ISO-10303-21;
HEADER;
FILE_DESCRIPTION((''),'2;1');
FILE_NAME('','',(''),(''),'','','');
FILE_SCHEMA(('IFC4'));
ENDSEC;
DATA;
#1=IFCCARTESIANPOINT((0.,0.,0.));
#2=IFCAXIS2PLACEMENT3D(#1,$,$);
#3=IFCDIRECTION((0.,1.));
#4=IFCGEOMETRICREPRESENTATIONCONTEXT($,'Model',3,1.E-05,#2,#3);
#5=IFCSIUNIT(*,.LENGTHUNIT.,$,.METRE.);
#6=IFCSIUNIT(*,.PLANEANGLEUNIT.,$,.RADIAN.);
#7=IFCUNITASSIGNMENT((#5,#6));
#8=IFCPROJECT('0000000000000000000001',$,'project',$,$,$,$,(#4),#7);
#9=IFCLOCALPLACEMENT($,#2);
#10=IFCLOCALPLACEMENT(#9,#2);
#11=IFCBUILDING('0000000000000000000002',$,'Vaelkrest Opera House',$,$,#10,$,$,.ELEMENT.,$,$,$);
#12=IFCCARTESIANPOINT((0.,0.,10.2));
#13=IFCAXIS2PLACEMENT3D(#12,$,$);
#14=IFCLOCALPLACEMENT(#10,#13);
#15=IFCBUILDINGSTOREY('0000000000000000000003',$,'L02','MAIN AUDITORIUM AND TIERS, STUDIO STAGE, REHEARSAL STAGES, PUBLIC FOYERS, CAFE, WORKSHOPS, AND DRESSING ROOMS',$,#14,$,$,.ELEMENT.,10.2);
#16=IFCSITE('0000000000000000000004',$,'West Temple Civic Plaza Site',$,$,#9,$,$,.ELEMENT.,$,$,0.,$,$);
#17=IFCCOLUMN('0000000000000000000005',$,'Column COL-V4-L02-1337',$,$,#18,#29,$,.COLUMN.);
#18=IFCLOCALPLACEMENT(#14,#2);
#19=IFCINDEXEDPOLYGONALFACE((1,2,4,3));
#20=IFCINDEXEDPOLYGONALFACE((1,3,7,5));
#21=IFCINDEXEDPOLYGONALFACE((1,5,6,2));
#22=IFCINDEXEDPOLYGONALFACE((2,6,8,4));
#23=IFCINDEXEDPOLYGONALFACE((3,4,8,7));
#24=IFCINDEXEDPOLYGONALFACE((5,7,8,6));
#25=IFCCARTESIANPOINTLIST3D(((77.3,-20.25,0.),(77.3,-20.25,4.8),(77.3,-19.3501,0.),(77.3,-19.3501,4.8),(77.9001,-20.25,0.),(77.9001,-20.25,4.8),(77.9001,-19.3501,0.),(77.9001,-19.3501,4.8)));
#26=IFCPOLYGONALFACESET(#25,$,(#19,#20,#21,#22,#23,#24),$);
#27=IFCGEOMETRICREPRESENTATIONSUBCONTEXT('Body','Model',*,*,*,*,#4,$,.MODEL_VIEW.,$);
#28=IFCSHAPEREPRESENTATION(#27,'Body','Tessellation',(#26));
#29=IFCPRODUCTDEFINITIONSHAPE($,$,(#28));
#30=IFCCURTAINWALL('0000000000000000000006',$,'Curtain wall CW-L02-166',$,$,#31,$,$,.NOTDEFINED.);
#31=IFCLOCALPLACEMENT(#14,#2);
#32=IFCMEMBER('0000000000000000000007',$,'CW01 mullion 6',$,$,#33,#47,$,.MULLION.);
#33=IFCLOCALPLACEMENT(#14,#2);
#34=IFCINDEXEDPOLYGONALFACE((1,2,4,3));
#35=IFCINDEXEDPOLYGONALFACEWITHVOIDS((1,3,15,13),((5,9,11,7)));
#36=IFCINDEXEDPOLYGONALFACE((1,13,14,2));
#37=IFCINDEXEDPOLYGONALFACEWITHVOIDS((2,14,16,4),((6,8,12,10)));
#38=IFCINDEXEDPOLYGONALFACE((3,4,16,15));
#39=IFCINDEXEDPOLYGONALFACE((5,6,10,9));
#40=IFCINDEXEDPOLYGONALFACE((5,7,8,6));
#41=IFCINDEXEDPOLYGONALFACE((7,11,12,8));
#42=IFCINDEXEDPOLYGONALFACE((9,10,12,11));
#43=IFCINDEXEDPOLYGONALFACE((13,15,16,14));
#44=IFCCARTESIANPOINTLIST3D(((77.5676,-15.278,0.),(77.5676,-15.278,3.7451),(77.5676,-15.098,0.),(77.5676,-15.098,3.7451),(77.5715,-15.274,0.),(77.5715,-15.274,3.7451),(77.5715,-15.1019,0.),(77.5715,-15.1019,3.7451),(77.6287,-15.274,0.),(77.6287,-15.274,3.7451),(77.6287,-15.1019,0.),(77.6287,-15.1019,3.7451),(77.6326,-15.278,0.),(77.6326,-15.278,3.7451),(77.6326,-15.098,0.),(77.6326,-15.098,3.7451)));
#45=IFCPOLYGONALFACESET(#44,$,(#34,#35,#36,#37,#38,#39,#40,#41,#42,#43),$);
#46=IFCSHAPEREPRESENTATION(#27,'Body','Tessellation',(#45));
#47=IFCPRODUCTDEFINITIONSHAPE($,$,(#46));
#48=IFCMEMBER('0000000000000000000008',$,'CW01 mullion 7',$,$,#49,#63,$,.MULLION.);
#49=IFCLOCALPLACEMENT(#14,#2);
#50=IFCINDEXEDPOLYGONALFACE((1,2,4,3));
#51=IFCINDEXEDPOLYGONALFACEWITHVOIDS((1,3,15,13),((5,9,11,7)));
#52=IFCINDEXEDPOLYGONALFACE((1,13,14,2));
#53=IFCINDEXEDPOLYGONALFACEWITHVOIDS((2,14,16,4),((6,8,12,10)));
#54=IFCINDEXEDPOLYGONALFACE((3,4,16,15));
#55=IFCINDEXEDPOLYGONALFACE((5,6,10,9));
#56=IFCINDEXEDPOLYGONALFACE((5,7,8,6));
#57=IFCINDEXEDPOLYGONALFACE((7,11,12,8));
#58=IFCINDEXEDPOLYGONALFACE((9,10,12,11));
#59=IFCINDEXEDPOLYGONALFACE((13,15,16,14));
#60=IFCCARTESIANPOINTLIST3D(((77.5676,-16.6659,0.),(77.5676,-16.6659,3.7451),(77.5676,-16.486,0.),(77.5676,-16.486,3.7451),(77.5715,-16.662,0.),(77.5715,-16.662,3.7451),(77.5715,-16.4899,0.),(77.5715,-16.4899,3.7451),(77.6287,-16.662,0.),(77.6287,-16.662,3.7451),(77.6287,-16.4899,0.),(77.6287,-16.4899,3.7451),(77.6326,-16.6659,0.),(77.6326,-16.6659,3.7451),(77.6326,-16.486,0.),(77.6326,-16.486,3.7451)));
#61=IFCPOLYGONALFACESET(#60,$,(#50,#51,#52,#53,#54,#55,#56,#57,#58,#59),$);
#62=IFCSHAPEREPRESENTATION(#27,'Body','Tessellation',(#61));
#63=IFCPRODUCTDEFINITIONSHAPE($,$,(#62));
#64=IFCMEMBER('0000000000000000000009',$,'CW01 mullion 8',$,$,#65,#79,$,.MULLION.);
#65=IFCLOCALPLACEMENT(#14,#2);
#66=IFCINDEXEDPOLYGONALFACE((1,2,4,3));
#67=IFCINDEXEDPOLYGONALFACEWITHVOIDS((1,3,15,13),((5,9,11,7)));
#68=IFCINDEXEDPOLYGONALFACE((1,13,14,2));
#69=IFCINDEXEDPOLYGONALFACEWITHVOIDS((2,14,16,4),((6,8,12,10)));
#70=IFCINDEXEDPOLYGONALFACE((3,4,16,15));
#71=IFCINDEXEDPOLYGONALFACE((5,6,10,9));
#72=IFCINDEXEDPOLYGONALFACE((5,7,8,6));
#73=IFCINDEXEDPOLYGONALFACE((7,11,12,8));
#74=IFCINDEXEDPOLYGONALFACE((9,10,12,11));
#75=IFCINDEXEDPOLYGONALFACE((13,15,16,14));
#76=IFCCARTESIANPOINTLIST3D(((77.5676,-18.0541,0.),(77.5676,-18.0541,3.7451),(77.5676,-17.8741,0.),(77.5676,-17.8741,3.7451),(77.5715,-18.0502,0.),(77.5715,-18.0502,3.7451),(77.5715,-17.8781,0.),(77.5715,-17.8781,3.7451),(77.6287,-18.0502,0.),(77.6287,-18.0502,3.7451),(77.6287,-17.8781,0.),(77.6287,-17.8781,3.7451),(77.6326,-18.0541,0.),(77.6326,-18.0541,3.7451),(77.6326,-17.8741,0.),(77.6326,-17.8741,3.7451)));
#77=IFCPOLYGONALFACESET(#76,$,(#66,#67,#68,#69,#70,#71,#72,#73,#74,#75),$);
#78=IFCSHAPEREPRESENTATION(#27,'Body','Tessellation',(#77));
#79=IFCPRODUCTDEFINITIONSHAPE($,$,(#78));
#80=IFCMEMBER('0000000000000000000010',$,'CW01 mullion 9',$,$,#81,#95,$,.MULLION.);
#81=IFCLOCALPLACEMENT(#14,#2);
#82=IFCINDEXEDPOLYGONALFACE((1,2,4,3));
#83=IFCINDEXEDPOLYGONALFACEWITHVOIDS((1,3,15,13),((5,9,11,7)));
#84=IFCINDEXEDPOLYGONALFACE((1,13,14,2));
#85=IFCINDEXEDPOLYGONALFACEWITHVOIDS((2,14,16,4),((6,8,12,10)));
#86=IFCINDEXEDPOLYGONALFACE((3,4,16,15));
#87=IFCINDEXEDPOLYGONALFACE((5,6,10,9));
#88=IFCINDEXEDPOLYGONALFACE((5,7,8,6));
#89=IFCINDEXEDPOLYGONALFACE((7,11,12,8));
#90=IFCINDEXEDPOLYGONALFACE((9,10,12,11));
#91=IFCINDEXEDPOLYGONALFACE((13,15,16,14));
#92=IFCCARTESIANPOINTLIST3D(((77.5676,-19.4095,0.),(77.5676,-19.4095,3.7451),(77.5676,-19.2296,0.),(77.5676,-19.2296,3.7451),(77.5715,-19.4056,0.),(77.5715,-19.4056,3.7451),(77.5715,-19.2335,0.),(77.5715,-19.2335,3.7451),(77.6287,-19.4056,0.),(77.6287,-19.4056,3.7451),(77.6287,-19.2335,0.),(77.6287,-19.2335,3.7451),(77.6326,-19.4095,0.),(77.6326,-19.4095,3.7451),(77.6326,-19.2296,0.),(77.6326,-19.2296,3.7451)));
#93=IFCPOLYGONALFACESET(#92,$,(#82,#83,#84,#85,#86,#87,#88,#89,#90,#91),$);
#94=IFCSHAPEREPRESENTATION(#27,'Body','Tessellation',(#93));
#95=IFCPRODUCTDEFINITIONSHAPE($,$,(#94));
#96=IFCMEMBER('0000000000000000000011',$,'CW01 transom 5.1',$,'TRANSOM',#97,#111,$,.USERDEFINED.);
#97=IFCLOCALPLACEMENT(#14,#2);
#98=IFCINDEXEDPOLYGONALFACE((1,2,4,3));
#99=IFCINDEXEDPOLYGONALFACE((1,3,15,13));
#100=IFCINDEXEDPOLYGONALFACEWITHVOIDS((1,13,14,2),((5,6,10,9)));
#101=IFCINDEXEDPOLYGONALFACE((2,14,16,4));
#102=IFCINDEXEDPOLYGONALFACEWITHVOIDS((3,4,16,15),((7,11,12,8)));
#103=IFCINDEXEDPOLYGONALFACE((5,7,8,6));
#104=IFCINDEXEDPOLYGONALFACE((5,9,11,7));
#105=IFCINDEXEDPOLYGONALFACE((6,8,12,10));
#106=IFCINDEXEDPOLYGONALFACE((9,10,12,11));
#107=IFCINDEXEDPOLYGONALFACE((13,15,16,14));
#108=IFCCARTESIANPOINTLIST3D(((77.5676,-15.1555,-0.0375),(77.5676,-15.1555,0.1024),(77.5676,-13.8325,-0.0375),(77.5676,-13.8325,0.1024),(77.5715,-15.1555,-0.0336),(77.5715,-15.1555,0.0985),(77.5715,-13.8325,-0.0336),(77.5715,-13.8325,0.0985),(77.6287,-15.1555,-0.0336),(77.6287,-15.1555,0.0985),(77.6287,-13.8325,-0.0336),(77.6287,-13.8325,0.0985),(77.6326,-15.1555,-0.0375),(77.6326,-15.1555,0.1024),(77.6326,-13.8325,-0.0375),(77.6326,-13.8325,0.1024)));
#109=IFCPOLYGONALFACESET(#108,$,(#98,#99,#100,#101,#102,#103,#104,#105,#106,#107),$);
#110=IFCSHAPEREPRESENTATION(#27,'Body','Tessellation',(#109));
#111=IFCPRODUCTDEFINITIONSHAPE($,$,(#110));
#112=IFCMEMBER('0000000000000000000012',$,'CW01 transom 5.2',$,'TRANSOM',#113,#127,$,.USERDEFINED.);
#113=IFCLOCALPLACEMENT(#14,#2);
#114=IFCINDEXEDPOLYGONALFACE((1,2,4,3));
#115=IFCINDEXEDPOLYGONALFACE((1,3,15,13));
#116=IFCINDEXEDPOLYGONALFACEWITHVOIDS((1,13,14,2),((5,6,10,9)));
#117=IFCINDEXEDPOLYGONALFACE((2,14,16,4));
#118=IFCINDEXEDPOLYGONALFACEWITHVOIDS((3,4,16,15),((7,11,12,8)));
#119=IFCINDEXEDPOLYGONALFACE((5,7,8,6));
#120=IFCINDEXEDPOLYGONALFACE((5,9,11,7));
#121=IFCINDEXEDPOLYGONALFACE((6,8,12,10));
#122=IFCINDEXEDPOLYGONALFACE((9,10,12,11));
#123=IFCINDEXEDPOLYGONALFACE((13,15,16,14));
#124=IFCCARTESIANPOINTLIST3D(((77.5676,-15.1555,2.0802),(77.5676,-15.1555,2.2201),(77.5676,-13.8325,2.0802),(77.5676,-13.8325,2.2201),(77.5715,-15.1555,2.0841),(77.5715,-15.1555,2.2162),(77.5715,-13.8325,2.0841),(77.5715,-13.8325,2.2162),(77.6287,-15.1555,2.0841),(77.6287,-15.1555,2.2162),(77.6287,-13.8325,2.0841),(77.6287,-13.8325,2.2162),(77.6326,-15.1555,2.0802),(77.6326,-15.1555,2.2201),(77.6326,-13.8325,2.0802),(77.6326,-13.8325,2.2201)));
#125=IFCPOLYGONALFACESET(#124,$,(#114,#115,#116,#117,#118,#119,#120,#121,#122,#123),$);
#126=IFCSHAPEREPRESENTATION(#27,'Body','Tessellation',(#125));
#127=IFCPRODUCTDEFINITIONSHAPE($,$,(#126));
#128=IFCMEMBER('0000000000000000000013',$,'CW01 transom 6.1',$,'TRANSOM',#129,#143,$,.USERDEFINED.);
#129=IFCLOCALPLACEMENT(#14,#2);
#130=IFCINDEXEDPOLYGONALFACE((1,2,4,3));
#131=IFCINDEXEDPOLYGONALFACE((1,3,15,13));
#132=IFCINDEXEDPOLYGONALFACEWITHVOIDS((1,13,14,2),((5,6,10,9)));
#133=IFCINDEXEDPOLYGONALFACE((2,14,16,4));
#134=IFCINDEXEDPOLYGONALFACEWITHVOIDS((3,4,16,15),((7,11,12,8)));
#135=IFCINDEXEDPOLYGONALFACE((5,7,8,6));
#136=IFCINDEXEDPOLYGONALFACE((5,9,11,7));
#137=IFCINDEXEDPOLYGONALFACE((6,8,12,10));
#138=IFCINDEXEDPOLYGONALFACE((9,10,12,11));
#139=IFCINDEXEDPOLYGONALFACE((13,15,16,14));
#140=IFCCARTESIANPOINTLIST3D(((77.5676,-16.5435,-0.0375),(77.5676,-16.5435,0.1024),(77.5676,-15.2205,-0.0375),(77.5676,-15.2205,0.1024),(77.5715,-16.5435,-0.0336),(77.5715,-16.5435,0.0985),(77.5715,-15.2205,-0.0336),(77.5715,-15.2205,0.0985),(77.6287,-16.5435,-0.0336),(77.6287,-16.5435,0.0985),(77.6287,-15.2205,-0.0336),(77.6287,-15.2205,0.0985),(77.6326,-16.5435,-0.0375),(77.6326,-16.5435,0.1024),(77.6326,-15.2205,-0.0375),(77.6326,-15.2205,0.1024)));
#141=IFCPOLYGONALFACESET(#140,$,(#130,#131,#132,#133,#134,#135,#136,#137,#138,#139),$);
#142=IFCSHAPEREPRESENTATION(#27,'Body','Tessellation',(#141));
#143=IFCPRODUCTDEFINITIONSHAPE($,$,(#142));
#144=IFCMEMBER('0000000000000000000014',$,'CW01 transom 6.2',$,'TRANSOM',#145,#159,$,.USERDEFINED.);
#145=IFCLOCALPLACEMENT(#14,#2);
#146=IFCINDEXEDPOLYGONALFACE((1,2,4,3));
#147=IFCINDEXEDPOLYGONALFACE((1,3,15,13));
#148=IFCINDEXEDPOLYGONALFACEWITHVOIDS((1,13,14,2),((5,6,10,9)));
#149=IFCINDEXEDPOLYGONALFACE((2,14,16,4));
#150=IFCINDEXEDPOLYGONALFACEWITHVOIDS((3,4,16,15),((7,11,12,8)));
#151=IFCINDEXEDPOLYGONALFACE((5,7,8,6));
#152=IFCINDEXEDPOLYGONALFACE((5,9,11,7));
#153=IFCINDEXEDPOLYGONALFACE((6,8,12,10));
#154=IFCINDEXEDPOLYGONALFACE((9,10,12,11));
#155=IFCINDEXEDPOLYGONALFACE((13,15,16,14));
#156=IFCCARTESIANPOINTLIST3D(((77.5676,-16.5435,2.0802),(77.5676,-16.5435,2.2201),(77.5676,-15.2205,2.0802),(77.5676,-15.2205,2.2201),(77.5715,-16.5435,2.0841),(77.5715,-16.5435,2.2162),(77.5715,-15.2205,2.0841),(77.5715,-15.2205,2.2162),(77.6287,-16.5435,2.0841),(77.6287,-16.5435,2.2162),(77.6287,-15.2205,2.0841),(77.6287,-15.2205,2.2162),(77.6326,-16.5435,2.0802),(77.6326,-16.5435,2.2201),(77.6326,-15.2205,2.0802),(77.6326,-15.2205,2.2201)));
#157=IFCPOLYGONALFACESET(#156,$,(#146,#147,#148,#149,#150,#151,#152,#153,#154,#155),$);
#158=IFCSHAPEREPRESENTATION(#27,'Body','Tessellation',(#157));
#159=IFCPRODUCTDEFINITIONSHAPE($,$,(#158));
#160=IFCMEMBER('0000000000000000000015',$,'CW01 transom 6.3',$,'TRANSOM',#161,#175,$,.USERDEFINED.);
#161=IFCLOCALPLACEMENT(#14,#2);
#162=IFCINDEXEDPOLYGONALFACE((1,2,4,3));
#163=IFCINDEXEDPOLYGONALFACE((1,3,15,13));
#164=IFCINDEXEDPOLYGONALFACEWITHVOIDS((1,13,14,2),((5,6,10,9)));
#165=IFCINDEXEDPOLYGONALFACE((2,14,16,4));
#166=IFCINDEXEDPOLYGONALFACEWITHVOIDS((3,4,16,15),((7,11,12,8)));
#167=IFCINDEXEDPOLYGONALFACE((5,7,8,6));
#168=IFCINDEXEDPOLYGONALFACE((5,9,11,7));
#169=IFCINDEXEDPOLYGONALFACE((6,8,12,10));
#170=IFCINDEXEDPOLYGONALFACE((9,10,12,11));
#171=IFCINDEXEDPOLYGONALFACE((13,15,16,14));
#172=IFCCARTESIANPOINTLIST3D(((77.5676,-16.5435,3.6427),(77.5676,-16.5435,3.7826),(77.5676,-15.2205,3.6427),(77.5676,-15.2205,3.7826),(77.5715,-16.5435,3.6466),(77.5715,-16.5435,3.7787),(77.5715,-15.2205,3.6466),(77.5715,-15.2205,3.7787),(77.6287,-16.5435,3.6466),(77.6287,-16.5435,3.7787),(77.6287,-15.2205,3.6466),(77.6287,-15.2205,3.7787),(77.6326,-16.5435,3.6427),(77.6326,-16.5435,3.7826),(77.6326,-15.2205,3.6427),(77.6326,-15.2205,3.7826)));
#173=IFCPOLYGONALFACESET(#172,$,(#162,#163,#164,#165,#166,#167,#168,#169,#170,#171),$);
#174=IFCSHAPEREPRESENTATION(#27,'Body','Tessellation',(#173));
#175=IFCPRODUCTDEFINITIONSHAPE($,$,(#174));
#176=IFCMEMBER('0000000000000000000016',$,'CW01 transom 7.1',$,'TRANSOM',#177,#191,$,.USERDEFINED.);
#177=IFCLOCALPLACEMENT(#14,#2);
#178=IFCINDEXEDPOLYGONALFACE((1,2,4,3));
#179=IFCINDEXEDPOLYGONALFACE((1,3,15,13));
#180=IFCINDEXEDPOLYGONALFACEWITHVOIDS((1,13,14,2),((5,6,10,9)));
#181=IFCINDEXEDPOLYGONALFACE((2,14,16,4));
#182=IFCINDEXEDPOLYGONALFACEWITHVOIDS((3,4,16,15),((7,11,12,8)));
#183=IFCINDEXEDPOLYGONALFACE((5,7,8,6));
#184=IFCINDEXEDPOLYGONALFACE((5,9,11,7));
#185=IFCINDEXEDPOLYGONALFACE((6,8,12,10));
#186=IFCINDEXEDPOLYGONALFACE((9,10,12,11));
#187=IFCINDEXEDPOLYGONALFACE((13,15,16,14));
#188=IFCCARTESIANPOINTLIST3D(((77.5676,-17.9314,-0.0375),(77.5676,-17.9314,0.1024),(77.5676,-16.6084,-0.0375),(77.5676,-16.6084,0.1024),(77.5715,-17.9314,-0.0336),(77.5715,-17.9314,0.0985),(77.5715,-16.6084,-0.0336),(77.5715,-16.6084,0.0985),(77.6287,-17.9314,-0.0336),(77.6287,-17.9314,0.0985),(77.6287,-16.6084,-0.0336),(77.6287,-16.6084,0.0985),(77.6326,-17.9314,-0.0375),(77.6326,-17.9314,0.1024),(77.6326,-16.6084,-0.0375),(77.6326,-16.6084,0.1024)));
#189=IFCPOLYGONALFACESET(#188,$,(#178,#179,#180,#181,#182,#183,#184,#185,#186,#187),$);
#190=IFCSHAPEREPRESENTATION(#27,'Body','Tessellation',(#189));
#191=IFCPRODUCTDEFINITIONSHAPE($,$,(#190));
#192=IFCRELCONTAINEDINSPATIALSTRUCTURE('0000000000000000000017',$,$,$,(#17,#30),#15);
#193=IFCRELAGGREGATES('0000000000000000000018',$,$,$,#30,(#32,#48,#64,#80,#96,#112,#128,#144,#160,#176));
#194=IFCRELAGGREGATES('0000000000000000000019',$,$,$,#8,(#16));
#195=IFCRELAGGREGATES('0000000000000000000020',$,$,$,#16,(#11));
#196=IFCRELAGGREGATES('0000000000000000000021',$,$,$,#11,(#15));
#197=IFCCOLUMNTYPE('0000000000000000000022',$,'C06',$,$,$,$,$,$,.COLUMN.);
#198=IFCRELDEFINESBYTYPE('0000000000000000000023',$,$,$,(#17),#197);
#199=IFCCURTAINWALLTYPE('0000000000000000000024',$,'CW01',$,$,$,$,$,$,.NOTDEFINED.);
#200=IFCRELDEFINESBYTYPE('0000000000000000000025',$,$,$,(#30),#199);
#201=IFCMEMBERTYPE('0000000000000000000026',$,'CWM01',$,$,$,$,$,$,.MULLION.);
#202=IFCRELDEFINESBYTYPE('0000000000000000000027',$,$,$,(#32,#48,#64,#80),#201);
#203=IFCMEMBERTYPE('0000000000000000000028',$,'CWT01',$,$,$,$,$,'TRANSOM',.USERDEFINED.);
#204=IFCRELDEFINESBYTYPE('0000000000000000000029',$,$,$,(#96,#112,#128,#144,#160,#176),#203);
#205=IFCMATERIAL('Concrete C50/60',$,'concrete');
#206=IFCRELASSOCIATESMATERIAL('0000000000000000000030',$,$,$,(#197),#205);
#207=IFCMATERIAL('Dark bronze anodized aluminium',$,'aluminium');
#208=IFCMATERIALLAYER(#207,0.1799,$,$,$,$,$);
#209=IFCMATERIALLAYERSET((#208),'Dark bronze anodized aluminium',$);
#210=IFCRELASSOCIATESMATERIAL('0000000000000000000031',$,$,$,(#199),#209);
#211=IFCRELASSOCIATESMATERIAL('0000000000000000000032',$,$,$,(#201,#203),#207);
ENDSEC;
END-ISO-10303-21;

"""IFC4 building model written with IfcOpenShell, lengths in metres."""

from ifc_helpers import new_model, si_unit, direction, frame, origin, origin_2d, place, context, subcontext, project, spatial, rectangle, hollow_rectangle, extrude, material, layer, layer_set, material_profile, profile_set, type_object, element, aggregate, save


model = new_model("IFC4")

# Units and contexts
model_context = context("Model", 3, precision=1e-05, world=origin(), true_north=direction((0.0, 1.0)))
body_context = subcontext(model_context, "Body", "Model", "MODEL_VIEW")
ifc_project = project(units=[si_unit("LENGTHUNIT", "METRE"), si_unit("PLANEANGLEUNIT", "RADIAN")], contexts=[model_context])

# Site, building, storey
site_placement = place(None, origin())
site = spatial("IfcSite", under=ifc_project, at=site_placement, Name="West Temple Civic Plaza Site", CompositionType="ELEMENT", RefElevation=0.0)
building_placement = place(site_placement, origin())
building = spatial("IfcBuilding", under=site, at=building_placement, Name="Vaelkrest Opera House", CompositionType="ELEMENT")
storey_placement = place(building_placement, frame((0.0, 0.0, 10.2)))
storey = spatial("IfcBuildingStorey", under=building, at=storey_placement, Name="L02", Description="MAIN AUDITORIUM AND TIERS, STUDIO STAGE, REHEARSAL STAGES, PUBLIC FOYERS, CAFE, WORKSHOPS, AND DRESSING ROOMS", CompositionType="ELEMENT", Elevation=10.2)

# Column
ifc_material_1 = material(Name="Concrete C50/60", Category="concrete")
ifc_material_profile_1 = material_profile(ifc_material_1, rectangle(XDim=0.6001, YDim=0.8999, at=origin_2d()), Name="RC600X900")
ifc_profile_set_1 = profile_set([ifc_material_profile_1], Name="Concrete C50/60")
column_type = type_object("IfcColumnType", Name="C06", PredefinedType="COLUMN", material=ifc_profile_set_1)
column_placement = place(storey_placement, frame((77.6001, -19.8, 0.0), z_axis=(0.0, 0.0, 1.0), x_axis=(1.0, 0.0, 0.0)))
element("IfcColumn", 1, at=column_placement, inside=storey, type_object=column_type, Name="Column COL-V4-L02-1337", PredefinedType="COLUMN", context=body_context, shape_type="SweptSolid", body=[
    extrude(rectangle(XDim=0.6001, YDim=0.8999, at=origin_2d()), origin(), (0.0, 0.0, 1.0), 4.8),
])

# Curtain wall, members
ifc_material_2 = material(Name="Dark bronze anodized aluminium", Category="aluminium")
ifc_layer_1 = layer(ifc_material_2, 0.1799)
ifc_layer_set_1 = layer_set([ifc_layer_1], Name="Dark bronze anodized aluminium")
curtain_wall_type = type_object("IfcCurtainWallType", Name="CW01", PredefinedType="NOTDEFINED", material=ifc_layer_set_1)
curtain_wall_placement = place(storey_placement, origin())
curtain_wall = element("IfcCurtainWall", 2, at=curtain_wall_placement, inside=storey, type_object=curtain_wall_type, Name="Curtain wall CW-L02-166", PredefinedType="NOTDEFINED")
ifc_material_profile_2 = material_profile(ifc_material_2, hollow_rectangle(XDim=0.0649, YDim=0.1799, WallThickness=0.0039, at=origin_2d()), Name="CWM65X180")
ifc_profile_set_2 = profile_set([ifc_material_profile_2], Name="Dark bronze anodized aluminium")
member_type_1 = type_object("IfcMemberType", Name="CWM01", PredefinedType="MULLION", material=ifc_profile_set_2)
member_1_placement = place(storey_placement, frame((77.6001, -15.188, 0.0), z_axis=(0.0, 0.0, 1.0), x_axis=(1.0, 0.0, 0.0)))
member_1 = element("IfcMember", 3, at=member_1_placement, type_object=member_type_1, Name="CW01 mullion 6", PredefinedType="MULLION", context=body_context, shape_type="SweptSolid", body=[
    extrude(hollow_rectangle(XDim=0.0649, YDim=0.1799, WallThickness=0.0039, at=origin_2d()), origin(), (0.0, 0.0, 1.0), 3.7451),
])
member_2_placement = place(storey_placement, frame((77.6001, -16.5759, 0.0), z_axis=(0.0, 0.0, 1.0), x_axis=(1.0, 0.0, 0.0)))
member_2 = element("IfcMember", 4, at=member_2_placement, type_object=member_type_1, Name="CW01 mullion 7", PredefinedType="MULLION", context=body_context, shape_type="SweptSolid", body=[
    extrude(hollow_rectangle(XDim=0.0649, YDim=0.1799, WallThickness=0.0039, at=origin_2d()), origin(), (0.0, 0.0, 1.0), 3.7451),
])
member_3_placement = place(storey_placement, frame((77.6001, -17.9641, 0.0), z_axis=(0.0, 0.0, 1.0), x_axis=(1.0, 0.0, 0.0)))
member_3 = element("IfcMember", 5, at=member_3_placement, type_object=member_type_1, Name="CW01 mullion 8", PredefinedType="MULLION", context=body_context, shape_type="SweptSolid", body=[
    extrude(hollow_rectangle(XDim=0.0649, YDim=0.1799, WallThickness=0.0039, at=origin_2d()), origin(), (0.0, 0.0, 1.0), 3.7451),
])
member_4_placement = place(storey_placement, frame((77.6001, -19.3196, 0.0), z_axis=(0.0, 0.0, 1.0), x_axis=(1.0, 0.0, 0.0)))
member_4 = element("IfcMember", 6, at=member_4_placement, type_object=member_type_1, Name="CW01 mullion 9", PredefinedType="MULLION", context=body_context, shape_type="SweptSolid", body=[
    extrude(hollow_rectangle(XDim=0.0649, YDim=0.1799, WallThickness=0.0039, at=origin_2d()), origin(), (0.0, 0.0, 1.0), 3.7451),
])
ifc_material_profile_3 = material_profile(ifc_material_2, hollow_rectangle(XDim=0.0649, YDim=0.1399, WallThickness=0.0039, at=origin_2d()), Name="CWT65X140")
ifc_profile_set_3 = profile_set([ifc_material_profile_3], Name="Dark bronze anodized aluminium")
member_type_2 = type_object("IfcMemberType", Name="CWT01", ElementType="TRANSOM", PredefinedType="USERDEFINED", material=ifc_profile_set_3)
member_5_placement = place(storey_placement, frame((77.6001, -13.8325, 0.0325), z_axis=(0.0, -1.0, 0.0), x_axis=(1.0, 0.0, 0.0)))
member_5 = element("IfcMember", 7, at=member_5_placement, type_object=member_type_2, Name="CW01 transom 5.1", ObjectType="TRANSOM", PredefinedType="USERDEFINED", context=body_context, shape_type="SweptSolid", body=[
    extrude(hollow_rectangle(XDim=0.0649, YDim=0.1399, WallThickness=0.0039, at=origin_2d()), origin(), (0.0, 0.0, 1.0), 1.323),
])
member_6_placement = place(storey_placement, frame((77.6001, -13.8325, 2.1501), z_axis=(0.0, -1.0, 0.0), x_axis=(1.0, 0.0, 0.0)))
member_6 = element("IfcMember", 8, at=member_6_placement, type_object=member_type_2, Name="CW01 transom 5.2", ObjectType="TRANSOM", PredefinedType="USERDEFINED", context=body_context, shape_type="SweptSolid", body=[
    extrude(hollow_rectangle(XDim=0.0649, YDim=0.1399, WallThickness=0.0039, at=origin_2d()), origin(), (0.0, 0.0, 1.0), 1.323),
])
member_7_placement = place(storey_placement, frame((77.6001, -15.2205, 0.0325), z_axis=(0.0, -1.0, 0.0), x_axis=(1.0, 0.0, 0.0)))
member_7 = element("IfcMember", 9, at=member_7_placement, type_object=member_type_2, Name="CW01 transom 6.1", ObjectType="TRANSOM", PredefinedType="USERDEFINED", context=body_context, shape_type="SweptSolid", body=[
    extrude(hollow_rectangle(XDim=0.0649, YDim=0.1399, WallThickness=0.0039, at=origin_2d()), origin(), (0.0, 0.0, 1.0), 1.323),
])
member_8_placement = place(storey_placement, frame((77.6001, -15.2205, 2.1501), z_axis=(0.0, -1.0, 0.0), x_axis=(1.0, 0.0, 0.0)))
member_8 = element("IfcMember", 10, at=member_8_placement, type_object=member_type_2, Name="CW01 transom 6.2", ObjectType="TRANSOM", PredefinedType="USERDEFINED", context=body_context, shape_type="SweptSolid", body=[
    extrude(hollow_rectangle(XDim=0.0649, YDim=0.1399, WallThickness=0.0039, at=origin_2d()), origin(), (0.0, 0.0, 1.0), 1.323),
])
member_9_placement = place(storey_placement, frame((77.6001, -15.2205, 3.7126), z_axis=(0.0, -1.0, 0.0), x_axis=(1.0, 0.0, 0.0)))
member_9 = element("IfcMember", 11, at=member_9_placement, type_object=member_type_2, Name="CW01 transom 6.3", ObjectType="TRANSOM", PredefinedType="USERDEFINED", context=body_context, shape_type="SweptSolid", body=[
    extrude(hollow_rectangle(XDim=0.0649, YDim=0.1399, WallThickness=0.0039, at=origin_2d()), origin(), (0.0, 0.0, 1.0), 1.323),
])
member_10_placement = place(storey_placement, frame((77.6001, -16.6084, 0.0325), z_axis=(0.0, -1.0, 0.0), x_axis=(1.0, 0.0, 0.0)))
member_10 = element("IfcMember", 12, at=member_10_placement, type_object=member_type_2, Name="CW01 transom 7.1", ObjectType="TRANSOM", PredefinedType="USERDEFINED", context=body_context, shape_type="SweptSolid", body=[
    extrude(hollow_rectangle(XDim=0.0649, YDim=0.1399, WallThickness=0.0039, at=origin_2d()), origin(), (0.0, 0.0, 1.0), 1.323),
])

aggregate(curtain_wall, [member_1, member_2, member_3, member_4, member_5, member_6, member_7, member_8, member_9, member_10])

save(model, "model.ifc")
